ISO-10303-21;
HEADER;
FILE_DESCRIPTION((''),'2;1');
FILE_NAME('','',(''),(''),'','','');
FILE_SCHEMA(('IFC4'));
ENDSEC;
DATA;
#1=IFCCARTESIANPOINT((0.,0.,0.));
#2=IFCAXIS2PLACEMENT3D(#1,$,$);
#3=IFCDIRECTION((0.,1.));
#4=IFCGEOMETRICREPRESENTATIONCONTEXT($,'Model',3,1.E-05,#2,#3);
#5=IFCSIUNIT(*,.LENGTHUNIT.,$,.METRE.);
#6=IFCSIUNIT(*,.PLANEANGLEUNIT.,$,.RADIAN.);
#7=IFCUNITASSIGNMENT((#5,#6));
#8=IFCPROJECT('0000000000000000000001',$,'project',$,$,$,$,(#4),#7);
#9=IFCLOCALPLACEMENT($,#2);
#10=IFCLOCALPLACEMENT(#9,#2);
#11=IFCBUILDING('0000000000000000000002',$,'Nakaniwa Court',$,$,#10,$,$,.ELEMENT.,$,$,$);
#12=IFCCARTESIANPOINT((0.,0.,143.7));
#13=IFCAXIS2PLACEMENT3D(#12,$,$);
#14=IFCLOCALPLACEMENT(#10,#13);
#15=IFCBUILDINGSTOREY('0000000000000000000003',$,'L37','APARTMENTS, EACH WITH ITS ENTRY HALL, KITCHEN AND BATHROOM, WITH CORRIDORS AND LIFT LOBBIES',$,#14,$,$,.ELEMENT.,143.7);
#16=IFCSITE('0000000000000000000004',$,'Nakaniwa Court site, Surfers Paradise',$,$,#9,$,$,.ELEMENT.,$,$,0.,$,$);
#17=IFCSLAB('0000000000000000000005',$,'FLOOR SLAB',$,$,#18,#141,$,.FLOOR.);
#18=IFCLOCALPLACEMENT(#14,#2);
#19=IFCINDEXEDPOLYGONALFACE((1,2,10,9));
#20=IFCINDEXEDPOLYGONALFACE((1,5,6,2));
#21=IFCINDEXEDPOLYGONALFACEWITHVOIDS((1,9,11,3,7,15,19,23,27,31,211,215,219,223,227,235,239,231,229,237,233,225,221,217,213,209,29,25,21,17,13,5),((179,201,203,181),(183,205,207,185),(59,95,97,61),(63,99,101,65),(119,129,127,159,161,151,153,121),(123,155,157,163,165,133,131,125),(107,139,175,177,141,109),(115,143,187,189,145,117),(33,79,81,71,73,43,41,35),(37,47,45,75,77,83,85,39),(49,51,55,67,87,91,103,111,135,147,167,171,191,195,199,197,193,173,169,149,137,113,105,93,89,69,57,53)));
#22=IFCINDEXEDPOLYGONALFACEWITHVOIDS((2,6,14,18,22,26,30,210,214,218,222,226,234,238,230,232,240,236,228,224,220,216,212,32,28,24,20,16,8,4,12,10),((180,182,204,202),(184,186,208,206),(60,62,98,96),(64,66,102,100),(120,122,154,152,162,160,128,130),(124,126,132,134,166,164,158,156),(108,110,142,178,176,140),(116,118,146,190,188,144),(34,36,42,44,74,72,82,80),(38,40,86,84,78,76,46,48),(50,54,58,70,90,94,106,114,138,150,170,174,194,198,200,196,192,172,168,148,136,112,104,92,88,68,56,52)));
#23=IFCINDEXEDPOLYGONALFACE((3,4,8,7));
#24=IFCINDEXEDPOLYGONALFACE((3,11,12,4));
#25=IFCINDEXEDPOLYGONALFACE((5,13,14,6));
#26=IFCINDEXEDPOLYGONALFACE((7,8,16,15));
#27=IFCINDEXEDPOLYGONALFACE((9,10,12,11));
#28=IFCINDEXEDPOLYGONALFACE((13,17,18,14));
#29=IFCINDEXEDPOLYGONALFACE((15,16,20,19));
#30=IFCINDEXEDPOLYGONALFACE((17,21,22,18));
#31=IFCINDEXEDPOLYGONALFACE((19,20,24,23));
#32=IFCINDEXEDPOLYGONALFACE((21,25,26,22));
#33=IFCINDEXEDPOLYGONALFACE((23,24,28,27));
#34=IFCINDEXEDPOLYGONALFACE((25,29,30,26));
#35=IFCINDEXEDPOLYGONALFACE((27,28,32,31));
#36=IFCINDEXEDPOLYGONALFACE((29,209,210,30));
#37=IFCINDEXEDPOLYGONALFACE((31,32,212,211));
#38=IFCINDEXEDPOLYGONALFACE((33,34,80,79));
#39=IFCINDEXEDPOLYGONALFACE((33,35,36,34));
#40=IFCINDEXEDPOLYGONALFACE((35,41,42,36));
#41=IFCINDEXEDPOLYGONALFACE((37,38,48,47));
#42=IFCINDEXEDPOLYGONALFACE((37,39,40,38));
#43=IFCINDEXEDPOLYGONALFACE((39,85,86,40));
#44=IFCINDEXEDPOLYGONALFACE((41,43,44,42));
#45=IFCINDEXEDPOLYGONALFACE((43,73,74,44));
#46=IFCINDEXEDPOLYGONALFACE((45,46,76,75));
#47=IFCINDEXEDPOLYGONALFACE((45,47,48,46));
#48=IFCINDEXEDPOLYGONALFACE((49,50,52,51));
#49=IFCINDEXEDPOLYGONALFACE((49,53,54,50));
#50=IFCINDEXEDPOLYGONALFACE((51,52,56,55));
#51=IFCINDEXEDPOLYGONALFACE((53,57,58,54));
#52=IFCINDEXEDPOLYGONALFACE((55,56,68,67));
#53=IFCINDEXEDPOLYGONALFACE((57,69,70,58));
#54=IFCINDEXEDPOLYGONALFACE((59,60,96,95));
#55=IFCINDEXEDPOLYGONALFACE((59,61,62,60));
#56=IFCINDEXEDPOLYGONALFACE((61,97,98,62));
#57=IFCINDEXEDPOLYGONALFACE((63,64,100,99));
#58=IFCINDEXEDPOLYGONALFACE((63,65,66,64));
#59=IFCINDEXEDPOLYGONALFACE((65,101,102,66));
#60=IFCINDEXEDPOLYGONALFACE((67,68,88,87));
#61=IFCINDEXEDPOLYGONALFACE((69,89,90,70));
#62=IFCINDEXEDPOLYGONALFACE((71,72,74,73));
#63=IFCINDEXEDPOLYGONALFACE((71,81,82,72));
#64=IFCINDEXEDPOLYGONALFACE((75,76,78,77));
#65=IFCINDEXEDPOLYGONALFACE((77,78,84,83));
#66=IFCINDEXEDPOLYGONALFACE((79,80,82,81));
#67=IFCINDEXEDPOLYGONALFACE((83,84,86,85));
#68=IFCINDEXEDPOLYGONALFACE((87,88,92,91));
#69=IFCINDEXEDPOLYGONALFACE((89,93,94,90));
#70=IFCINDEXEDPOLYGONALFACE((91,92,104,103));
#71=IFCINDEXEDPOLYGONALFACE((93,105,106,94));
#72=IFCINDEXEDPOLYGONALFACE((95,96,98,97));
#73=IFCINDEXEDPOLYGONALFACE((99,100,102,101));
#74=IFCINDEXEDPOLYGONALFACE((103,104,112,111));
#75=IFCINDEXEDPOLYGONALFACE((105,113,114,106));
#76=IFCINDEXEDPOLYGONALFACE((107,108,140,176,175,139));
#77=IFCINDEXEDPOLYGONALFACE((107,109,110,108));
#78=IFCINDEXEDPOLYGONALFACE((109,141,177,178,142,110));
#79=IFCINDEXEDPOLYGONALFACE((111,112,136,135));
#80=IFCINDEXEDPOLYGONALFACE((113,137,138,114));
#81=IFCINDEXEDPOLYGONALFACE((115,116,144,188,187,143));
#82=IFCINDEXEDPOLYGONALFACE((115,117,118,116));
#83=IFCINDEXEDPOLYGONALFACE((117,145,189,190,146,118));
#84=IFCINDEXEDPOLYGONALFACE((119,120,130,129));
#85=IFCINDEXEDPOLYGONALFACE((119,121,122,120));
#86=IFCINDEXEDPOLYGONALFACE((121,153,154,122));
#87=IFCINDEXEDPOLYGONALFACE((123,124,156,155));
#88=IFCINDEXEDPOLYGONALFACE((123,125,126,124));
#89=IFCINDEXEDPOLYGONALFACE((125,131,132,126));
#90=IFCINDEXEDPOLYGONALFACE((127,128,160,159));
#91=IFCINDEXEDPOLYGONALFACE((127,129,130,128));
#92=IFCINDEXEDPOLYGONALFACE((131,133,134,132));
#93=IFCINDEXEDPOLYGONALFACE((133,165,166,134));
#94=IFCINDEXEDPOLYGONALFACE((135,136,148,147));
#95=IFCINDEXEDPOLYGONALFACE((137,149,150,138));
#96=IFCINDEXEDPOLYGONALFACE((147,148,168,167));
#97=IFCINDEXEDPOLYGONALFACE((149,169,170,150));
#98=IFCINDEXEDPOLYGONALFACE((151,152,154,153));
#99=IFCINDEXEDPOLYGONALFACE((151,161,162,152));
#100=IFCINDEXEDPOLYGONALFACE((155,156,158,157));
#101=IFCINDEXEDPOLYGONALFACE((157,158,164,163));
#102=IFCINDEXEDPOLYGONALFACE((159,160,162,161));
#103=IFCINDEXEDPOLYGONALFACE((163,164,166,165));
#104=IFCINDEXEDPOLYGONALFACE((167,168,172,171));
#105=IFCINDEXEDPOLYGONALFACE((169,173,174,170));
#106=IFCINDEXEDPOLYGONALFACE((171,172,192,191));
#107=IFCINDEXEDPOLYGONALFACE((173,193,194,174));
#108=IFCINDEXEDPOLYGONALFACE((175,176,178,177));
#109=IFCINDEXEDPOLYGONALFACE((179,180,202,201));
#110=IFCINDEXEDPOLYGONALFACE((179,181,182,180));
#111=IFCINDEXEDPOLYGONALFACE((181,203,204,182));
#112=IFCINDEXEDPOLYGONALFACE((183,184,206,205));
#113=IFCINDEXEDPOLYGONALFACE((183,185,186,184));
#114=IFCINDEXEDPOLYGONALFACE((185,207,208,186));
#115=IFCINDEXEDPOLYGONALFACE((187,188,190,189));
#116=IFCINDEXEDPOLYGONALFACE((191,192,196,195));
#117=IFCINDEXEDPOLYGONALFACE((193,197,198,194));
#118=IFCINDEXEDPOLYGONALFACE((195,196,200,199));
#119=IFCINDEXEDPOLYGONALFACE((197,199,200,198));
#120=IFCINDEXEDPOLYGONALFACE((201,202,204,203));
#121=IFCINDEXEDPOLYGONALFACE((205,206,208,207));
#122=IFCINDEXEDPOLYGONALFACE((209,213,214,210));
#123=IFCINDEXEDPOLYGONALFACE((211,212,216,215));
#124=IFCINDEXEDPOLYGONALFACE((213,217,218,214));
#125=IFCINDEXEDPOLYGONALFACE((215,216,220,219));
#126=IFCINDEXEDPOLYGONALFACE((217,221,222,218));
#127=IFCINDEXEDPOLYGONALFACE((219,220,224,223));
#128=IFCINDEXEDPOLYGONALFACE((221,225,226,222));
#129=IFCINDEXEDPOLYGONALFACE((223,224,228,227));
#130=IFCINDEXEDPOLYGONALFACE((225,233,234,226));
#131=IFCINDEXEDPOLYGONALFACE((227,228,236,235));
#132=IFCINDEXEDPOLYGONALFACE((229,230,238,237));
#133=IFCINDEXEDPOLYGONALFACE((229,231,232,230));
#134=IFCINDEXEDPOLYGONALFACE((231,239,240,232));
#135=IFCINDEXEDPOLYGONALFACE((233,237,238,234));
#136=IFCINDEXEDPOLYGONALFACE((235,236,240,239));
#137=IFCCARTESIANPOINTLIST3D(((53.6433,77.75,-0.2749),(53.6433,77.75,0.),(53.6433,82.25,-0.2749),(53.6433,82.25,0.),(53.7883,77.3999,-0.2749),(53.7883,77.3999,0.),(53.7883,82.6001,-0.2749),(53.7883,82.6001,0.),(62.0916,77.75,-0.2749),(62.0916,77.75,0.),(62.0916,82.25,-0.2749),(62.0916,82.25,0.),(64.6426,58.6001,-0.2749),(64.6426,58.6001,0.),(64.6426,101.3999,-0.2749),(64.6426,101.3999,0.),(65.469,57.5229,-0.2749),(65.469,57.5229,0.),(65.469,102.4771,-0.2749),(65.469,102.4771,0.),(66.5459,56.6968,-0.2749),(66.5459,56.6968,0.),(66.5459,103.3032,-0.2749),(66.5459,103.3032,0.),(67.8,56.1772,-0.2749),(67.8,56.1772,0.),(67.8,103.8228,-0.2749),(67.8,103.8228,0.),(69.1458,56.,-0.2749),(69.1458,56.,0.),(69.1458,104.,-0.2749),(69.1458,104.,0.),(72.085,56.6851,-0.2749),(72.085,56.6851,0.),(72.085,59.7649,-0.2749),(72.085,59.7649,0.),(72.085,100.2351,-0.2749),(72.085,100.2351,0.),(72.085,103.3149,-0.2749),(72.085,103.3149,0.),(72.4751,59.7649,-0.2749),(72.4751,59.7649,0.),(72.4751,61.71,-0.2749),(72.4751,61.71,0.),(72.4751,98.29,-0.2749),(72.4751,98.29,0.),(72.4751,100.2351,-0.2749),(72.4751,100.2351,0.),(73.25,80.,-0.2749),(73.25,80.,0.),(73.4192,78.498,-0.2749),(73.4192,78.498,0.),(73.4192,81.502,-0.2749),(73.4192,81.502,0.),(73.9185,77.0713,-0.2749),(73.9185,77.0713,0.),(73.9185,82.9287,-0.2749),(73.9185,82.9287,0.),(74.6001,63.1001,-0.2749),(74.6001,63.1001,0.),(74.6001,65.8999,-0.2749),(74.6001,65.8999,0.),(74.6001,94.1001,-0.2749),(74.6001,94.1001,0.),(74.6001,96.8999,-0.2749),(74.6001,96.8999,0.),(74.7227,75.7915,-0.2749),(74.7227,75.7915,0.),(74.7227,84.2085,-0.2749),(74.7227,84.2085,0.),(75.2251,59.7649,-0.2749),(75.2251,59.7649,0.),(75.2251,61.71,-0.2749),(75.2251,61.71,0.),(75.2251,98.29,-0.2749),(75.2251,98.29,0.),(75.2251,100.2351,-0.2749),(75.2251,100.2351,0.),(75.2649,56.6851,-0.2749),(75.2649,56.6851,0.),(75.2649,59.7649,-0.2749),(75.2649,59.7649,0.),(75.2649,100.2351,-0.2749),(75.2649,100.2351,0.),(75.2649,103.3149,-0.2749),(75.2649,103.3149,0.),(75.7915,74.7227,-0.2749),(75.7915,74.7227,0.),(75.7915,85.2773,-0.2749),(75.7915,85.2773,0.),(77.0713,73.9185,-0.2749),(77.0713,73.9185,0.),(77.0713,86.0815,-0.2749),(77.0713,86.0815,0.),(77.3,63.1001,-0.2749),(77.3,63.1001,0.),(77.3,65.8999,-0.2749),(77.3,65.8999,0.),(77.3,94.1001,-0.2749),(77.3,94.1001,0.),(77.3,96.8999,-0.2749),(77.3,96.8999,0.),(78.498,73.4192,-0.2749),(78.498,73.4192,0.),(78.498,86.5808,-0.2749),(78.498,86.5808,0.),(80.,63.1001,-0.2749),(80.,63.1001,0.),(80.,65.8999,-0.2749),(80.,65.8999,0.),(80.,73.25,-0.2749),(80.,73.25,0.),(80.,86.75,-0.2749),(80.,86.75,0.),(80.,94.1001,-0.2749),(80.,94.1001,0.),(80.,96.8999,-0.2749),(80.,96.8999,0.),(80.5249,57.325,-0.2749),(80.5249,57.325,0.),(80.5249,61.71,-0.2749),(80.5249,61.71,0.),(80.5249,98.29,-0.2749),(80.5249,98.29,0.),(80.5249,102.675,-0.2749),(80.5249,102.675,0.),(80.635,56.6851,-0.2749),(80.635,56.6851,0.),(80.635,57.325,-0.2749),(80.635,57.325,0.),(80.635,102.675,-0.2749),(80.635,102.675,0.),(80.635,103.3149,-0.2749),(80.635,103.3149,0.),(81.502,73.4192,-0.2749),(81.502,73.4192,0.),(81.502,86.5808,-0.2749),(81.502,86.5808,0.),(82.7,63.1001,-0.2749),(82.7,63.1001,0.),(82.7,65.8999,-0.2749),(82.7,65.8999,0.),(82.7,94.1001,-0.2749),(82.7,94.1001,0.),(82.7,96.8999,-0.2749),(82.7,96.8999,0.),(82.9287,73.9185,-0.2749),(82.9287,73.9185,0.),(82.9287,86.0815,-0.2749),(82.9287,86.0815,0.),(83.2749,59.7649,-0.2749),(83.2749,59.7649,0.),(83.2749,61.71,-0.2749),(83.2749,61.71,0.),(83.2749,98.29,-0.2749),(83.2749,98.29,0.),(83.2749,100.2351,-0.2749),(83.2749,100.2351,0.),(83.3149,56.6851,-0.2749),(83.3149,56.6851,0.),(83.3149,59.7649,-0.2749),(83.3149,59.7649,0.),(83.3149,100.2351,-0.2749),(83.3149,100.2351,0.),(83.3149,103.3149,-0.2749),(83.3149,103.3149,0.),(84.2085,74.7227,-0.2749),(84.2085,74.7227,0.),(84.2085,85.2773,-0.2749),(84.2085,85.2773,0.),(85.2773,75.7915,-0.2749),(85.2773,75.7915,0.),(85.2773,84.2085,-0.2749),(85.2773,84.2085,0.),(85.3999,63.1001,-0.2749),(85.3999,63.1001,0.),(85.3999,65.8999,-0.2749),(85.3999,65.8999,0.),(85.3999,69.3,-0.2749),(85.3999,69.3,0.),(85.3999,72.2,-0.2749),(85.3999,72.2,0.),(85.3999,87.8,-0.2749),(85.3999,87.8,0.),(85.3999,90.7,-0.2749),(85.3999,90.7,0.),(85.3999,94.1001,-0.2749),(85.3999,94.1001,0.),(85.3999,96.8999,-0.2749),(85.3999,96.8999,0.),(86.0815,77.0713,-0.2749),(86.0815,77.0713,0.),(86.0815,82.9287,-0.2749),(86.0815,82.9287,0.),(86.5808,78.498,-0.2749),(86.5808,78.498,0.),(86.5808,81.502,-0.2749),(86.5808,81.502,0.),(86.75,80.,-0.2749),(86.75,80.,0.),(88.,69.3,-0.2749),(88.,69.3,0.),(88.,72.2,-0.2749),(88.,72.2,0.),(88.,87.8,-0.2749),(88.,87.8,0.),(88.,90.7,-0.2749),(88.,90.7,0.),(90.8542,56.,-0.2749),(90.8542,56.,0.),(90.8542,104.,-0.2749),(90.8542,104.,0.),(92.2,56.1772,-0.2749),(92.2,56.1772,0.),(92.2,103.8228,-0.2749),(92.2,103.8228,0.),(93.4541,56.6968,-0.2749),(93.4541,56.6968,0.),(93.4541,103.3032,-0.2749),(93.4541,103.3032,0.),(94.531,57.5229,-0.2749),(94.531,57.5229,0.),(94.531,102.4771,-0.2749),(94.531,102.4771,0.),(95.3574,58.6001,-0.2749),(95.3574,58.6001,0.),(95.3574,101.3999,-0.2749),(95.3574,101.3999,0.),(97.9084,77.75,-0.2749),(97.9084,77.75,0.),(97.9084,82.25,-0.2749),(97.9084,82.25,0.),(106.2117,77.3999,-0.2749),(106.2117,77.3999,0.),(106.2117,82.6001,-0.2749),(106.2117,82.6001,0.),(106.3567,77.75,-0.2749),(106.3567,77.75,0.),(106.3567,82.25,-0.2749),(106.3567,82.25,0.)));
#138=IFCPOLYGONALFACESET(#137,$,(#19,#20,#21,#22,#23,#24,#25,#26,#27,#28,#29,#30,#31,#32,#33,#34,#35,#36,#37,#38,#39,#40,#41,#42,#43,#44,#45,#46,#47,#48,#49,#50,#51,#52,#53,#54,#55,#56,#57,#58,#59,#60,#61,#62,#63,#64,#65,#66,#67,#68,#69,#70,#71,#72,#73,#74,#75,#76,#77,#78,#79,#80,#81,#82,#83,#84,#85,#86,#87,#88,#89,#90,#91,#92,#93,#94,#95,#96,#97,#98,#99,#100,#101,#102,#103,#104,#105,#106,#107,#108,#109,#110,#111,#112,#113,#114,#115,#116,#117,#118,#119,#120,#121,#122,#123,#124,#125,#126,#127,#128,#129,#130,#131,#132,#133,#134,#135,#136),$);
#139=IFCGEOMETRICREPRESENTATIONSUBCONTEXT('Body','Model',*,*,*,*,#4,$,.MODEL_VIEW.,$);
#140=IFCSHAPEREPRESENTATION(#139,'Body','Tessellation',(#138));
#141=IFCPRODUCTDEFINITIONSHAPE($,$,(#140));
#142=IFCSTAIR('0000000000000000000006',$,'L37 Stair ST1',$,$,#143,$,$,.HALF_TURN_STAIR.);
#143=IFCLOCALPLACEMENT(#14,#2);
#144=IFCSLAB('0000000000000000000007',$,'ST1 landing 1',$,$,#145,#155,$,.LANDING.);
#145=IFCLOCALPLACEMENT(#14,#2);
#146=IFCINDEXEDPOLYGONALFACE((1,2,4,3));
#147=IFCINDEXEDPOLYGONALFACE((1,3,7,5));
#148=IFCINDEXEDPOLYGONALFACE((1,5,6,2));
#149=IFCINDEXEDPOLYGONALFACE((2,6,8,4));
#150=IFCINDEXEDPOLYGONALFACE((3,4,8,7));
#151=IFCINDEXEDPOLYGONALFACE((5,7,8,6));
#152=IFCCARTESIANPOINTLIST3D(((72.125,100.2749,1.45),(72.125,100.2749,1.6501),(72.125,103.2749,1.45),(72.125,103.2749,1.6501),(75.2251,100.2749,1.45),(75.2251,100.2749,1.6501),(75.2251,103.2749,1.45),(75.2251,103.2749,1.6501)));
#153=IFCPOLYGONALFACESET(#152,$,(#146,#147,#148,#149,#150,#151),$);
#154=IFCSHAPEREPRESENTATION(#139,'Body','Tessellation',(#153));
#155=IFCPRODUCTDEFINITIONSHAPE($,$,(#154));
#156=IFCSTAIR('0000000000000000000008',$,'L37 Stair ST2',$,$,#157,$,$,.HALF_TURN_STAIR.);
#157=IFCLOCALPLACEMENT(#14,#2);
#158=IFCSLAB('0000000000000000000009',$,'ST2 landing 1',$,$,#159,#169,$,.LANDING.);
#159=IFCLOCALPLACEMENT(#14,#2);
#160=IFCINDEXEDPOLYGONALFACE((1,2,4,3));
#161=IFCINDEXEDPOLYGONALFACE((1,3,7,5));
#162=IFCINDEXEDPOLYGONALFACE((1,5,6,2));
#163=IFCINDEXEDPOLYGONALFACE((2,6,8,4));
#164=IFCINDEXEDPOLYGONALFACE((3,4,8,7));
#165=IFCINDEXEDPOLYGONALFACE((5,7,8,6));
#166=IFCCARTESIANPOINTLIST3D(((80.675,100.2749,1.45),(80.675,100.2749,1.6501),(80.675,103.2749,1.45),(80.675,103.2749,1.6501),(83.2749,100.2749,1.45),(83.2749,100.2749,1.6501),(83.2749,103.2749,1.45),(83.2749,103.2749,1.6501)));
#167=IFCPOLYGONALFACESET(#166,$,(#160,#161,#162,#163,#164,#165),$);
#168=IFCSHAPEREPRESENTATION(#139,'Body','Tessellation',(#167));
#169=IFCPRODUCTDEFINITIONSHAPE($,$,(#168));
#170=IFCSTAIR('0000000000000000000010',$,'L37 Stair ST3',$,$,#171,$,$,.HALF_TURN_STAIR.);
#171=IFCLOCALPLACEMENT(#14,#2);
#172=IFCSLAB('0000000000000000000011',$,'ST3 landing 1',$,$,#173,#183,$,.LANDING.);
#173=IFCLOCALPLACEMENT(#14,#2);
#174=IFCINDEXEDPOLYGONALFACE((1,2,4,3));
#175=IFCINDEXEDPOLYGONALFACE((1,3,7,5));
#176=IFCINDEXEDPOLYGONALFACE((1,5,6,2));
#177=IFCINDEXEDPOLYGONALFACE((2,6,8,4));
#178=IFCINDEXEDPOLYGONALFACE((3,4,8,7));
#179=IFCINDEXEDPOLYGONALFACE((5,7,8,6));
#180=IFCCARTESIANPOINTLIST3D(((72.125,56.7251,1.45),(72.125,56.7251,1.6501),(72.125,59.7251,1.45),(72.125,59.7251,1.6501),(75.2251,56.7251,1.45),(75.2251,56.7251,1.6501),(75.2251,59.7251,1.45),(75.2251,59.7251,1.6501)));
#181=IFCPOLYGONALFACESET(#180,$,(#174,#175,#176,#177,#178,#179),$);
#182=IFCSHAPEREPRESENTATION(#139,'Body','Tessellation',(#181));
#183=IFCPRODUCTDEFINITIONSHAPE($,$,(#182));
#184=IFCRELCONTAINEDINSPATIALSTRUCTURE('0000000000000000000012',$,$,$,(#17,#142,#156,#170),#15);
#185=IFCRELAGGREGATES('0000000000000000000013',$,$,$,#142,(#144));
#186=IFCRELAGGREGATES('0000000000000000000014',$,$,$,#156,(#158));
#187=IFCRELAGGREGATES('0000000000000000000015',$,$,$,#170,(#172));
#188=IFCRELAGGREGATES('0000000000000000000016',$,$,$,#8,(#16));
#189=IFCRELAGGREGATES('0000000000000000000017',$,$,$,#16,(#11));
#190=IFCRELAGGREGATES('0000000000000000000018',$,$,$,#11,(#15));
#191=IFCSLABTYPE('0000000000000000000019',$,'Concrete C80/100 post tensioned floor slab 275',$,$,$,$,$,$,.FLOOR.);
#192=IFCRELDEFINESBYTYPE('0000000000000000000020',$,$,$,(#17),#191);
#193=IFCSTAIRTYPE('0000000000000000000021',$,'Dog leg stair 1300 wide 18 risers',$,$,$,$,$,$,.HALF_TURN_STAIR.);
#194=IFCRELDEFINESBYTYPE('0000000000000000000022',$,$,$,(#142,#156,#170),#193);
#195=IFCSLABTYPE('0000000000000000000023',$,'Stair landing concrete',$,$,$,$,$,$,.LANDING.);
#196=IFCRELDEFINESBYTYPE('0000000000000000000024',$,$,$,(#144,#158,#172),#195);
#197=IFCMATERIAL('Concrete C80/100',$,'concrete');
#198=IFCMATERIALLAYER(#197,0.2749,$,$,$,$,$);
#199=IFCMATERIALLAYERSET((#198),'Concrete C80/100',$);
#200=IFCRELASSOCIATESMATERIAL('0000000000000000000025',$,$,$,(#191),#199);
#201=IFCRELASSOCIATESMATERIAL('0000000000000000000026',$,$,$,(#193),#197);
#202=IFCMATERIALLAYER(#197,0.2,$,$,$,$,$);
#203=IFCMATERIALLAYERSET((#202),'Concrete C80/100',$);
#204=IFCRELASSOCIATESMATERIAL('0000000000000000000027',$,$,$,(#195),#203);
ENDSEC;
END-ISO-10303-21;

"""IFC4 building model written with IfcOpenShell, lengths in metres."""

from ifc_helpers import new_model, si_unit, direction, frame, origin, place, context, subcontext, project, spatial, polyline, outline, extrude, material, layer, layer_set, type_object, element, aggregate, save


model = new_model("IFC4")

# Units and contexts
model_context = context("Model", 3, precision=1e-05, world=origin(), true_north=direction((0.0, 1.0)))
body_context = subcontext(model_context, "Body", "Model", "MODEL_VIEW")
ifc_project = project(units=[si_unit("LENGTHUNIT", "METRE"), si_unit("PLANEANGLEUNIT", "RADIAN")], contexts=[model_context])

# Site, building, storey
site_placement = place(None, origin())
site = spatial("IfcSite", under=ifc_project, at=site_placement, Name="Nakaniwa Court site, Surfers Paradise", CompositionType="ELEMENT", RefElevation=0.0)
building_placement = place(site_placement, origin())
building = spatial("IfcBuilding", under=site, at=building_placement, Name="Nakaniwa Court", CompositionType="ELEMENT")
storey_placement = place(building_placement, frame((0.0, 0.0, 143.7)))
storey = spatial("IfcBuildingStorey", under=building, at=storey_placement, Name="L37", Description="APARTMENTS, EACH WITH ITS ENTRY HALL, KITCHEN AND BATHROOM, WITH CORRIDORS AND LIFT LOBBIES", CompositionType="ELEMENT", Elevation=143.7)

# Shared definitions
ifc_material_1 = material(Name="Concrete C80/100", Category="concrete")

# Slab
ifc_layer_1 = layer(ifc_material_1, 0.2749)
ifc_layer_set_1 = layer_set([ifc_layer_1], Name="Concrete C80/100")
slab_type_1 = type_object("IfcSlabType", Name="Concrete C80/100 post tensioned floor slab 275", PredefinedType="FLOOR", material=ifc_layer_set_1)
slab_1_placement = place(storey_placement, frame((0.0, 0.0, -0.2749)))
element("IfcSlab", 1, at=slab_1_placement, inside=storey, type_object=slab_type_1, Name="FLOOR SLAB", PredefinedType="FLOOR", context=body_context, shape_type="SweptSolid", body=[
    extrude(outline(polyline([(97.9084, 82.25), (106.3567, 82.25), (106.2117, 82.6001), (95.3574, 101.3999), (94.531, 102.4771), (93.4541, 103.3032), (92.2, 103.8228), (90.8542, 104.0), (69.1458, 104.0), (67.8, 103.8228), (66.5459, 103.3032), (65.469, 102.4771), (64.6426, 101.3999), (53.7883, 82.6001), (53.6433, 82.25), (62.0916, 82.25), (62.0916, 77.75), (53.6433, 77.75), (53.7883, 77.3999), (64.6426, 58.6001), (65.469, 57.5229), (66.5459, 56.6968), (67.8, 56.1772), (69.1458, 56.0), (90.8542, 56.0), (92.2, 56.1772), (93.4541, 56.6968), (94.531, 57.5229), (95.3574, 58.6001), (106.2117, 77.3999), (106.3567, 77.75), (97.9084, 77.75), (97.9084, 82.25)]), holes=[polyline([(81.502, 86.5808), (80.0, 86.75), (78.498, 86.5808), (77.0713, 86.0815), (75.7915, 85.2773), (74.7227, 84.2085), (73.9185, 82.9287), (73.4192, 81.502), (73.25, 80.0), (73.4192, 78.498), (73.9185, 77.0713), (74.7227, 75.7915), (75.7915, 74.7227), (77.0713, 73.9185), (78.498, 73.4192), (80.0, 73.25), (81.502, 73.4192), (82.9287, 73.9185), (84.2085, 74.7227), (85.2773, 75.7915), (86.0815, 77.0713), (86.5808, 78.498), (86.75, 80.0), (86.5808, 81.502), (86.0815, 82.9287), (85.2773, 84.2085), (84.2085, 85.2773), (82.9287, 86.0815), (81.502, 86.5808)]), polyline([(72.4751, 61.71), (72.4751, 59.7649), (72.085, 59.7649), (72.085, 56.6851), (75.2649, 56.6851), (75.2649, 59.7649), (75.2251, 59.7649), (75.2251, 61.71), (72.4751, 61.71)]), polyline([(77.3, 65.8999), (74.6001, 65.8999), (74.6001, 63.1001), (77.3, 63.1001), (77.3, 65.8999)]), polyline([(80.0, 65.8999), (80.0, 63.1001), (82.7, 63.1001), (85.3999, 63.1001), (85.3999, 65.8999), (82.7, 65.8999), (80.0, 65.8999)]), polyline([(77.3, 96.8999), (74.6001, 96.8999), (74.6001, 94.1001), (77.3, 94.1001), (77.3, 96.8999)]), polyline([(80.0, 96.8999), (80.0, 94.1001), (82.7, 94.1001), (85.3999, 94.1001), (85.3999, 96.8999), (82.7, 96.8999), (80.0, 96.8999)]), polyline([(75.2649, 100.2351), (75.2649, 103.3149), (72.085, 103.3149), (72.085, 100.2351), (72.4751, 100.2351), (72.4751, 98.29), (75.2251, 98.29), (75.2251, 100.2351), (75.2649, 100.2351)]), polyline([(83.2749, 61.71), (80.5249, 61.71), (80.5249, 57.325), (80.635, 57.325), (80.635, 56.6851), (83.3149, 56.6851), (83.3149, 59.7649), (83.2749, 59.7649), (83.2749, 61.71)]), polyline([(88.0, 72.2), (85.3999, 72.2), (85.3999, 69.3), (88.0, 69.3), (88.0, 72.2)]), polyline([(88.0, 90.7), (85.3999, 90.7), (85.3999, 87.8), (88.0, 87.8), (88.0, 90.7)]), polyline([(83.3149, 100.2351), (83.3149, 103.3149), (80.635, 103.3149), (80.635, 102.675), (80.5249, 102.675), (80.5249, 98.29), (83.2749, 98.29), (83.2749, 100.2351), (83.3149, 100.2351)])]), origin(), (0.0, 0.0, 1.0), 0.2749),
])

# Stairs, slabs
stair_type = type_object("IfcStairType", Name="Dog leg stair 1300 wide 18 risers", PredefinedType="HALF_TURN_STAIR", material=ifc_material_1)
stair_1_placement = place(storey_placement, origin())
stair_1 = element("IfcStair", 2, at=stair_1_placement, inside=storey, type_object=stair_type, Name="L37 Stair ST1", PredefinedType="HALF_TURN_STAIR")
ifc_layer_2 = layer(ifc_material_1, 0.2)
ifc_layer_set_2 = layer_set([ifc_layer_2], Name="Concrete C80/100")
slab_type_2 = type_object("IfcSlabType", Name="Stair landing concrete", PredefinedType="LANDING", material=ifc_layer_set_2)
slab_2_placement = place(storey_placement, frame((0.0, 0.0, 1.45)))
slab_2 = element("IfcSlab", 3, at=slab_2_placement, type_object=slab_type_2, Name="ST1 landing 1", PredefinedType="LANDING", context=body_context, shape_type="SweptSolid", body=[
    extrude(outline(polyline([(75.2251, 100.2749), (75.2251, 103.2749), (72.125, 103.2749), (72.125, 100.2749), (75.2251, 100.2749)])), origin(), (0.0, 0.0, 1.0), 0.2002),
])
aggregate(stair_1, [slab_2])
stair_2_placement = place(storey_placement, origin())
stair_2 = element("IfcStair", 4, at=stair_2_placement, inside=storey, type_object=stair_type, Name="L37 Stair ST2", PredefinedType="HALF_TURN_STAIR")
slab_3_placement = place(storey_placement, frame((0.0, 0.0, 1.45)))
slab_3 = element("IfcSlab", 5, at=slab_3_placement, type_object=slab_type_2, Name="ST2 landing 1", PredefinedType="LANDING", context=body_context, shape_type="SweptSolid", body=[
    extrude(outline(polyline([(83.2749, 100.2749), (83.2749, 103.2749), (80.675, 103.2749), (80.675, 100.2749), (83.2749, 100.2749)])), origin(), (0.0, 0.0, 1.0), 0.2002),
])
aggregate(stair_2, [slab_3])
stair_3_placement = place(storey_placement, origin())
stair_3 = element("IfcStair", 6, at=stair_3_placement, inside=storey, type_object=stair_type, Name="L37 Stair ST3", PredefinedType="HALF_TURN_STAIR")
slab_4_placement = place(storey_placement, frame((0.0, 0.0, 1.45)))
slab_4 = element("IfcSlab", 7, at=slab_4_placement, type_object=slab_type_2, Name="ST3 landing 1", PredefinedType="LANDING", context=body_context, shape_type="SweptSolid", body=[
    extrude(outline(polyline([(75.2251, 56.7251), (75.2251, 59.7251), (72.125, 59.7251), (72.125, 56.7251), (75.2251, 56.7251)])), origin(), (0.0, 0.0, 1.0), 0.2002),
])
aggregate(stair_3, [slab_4])

save(model, "model.ifc")
